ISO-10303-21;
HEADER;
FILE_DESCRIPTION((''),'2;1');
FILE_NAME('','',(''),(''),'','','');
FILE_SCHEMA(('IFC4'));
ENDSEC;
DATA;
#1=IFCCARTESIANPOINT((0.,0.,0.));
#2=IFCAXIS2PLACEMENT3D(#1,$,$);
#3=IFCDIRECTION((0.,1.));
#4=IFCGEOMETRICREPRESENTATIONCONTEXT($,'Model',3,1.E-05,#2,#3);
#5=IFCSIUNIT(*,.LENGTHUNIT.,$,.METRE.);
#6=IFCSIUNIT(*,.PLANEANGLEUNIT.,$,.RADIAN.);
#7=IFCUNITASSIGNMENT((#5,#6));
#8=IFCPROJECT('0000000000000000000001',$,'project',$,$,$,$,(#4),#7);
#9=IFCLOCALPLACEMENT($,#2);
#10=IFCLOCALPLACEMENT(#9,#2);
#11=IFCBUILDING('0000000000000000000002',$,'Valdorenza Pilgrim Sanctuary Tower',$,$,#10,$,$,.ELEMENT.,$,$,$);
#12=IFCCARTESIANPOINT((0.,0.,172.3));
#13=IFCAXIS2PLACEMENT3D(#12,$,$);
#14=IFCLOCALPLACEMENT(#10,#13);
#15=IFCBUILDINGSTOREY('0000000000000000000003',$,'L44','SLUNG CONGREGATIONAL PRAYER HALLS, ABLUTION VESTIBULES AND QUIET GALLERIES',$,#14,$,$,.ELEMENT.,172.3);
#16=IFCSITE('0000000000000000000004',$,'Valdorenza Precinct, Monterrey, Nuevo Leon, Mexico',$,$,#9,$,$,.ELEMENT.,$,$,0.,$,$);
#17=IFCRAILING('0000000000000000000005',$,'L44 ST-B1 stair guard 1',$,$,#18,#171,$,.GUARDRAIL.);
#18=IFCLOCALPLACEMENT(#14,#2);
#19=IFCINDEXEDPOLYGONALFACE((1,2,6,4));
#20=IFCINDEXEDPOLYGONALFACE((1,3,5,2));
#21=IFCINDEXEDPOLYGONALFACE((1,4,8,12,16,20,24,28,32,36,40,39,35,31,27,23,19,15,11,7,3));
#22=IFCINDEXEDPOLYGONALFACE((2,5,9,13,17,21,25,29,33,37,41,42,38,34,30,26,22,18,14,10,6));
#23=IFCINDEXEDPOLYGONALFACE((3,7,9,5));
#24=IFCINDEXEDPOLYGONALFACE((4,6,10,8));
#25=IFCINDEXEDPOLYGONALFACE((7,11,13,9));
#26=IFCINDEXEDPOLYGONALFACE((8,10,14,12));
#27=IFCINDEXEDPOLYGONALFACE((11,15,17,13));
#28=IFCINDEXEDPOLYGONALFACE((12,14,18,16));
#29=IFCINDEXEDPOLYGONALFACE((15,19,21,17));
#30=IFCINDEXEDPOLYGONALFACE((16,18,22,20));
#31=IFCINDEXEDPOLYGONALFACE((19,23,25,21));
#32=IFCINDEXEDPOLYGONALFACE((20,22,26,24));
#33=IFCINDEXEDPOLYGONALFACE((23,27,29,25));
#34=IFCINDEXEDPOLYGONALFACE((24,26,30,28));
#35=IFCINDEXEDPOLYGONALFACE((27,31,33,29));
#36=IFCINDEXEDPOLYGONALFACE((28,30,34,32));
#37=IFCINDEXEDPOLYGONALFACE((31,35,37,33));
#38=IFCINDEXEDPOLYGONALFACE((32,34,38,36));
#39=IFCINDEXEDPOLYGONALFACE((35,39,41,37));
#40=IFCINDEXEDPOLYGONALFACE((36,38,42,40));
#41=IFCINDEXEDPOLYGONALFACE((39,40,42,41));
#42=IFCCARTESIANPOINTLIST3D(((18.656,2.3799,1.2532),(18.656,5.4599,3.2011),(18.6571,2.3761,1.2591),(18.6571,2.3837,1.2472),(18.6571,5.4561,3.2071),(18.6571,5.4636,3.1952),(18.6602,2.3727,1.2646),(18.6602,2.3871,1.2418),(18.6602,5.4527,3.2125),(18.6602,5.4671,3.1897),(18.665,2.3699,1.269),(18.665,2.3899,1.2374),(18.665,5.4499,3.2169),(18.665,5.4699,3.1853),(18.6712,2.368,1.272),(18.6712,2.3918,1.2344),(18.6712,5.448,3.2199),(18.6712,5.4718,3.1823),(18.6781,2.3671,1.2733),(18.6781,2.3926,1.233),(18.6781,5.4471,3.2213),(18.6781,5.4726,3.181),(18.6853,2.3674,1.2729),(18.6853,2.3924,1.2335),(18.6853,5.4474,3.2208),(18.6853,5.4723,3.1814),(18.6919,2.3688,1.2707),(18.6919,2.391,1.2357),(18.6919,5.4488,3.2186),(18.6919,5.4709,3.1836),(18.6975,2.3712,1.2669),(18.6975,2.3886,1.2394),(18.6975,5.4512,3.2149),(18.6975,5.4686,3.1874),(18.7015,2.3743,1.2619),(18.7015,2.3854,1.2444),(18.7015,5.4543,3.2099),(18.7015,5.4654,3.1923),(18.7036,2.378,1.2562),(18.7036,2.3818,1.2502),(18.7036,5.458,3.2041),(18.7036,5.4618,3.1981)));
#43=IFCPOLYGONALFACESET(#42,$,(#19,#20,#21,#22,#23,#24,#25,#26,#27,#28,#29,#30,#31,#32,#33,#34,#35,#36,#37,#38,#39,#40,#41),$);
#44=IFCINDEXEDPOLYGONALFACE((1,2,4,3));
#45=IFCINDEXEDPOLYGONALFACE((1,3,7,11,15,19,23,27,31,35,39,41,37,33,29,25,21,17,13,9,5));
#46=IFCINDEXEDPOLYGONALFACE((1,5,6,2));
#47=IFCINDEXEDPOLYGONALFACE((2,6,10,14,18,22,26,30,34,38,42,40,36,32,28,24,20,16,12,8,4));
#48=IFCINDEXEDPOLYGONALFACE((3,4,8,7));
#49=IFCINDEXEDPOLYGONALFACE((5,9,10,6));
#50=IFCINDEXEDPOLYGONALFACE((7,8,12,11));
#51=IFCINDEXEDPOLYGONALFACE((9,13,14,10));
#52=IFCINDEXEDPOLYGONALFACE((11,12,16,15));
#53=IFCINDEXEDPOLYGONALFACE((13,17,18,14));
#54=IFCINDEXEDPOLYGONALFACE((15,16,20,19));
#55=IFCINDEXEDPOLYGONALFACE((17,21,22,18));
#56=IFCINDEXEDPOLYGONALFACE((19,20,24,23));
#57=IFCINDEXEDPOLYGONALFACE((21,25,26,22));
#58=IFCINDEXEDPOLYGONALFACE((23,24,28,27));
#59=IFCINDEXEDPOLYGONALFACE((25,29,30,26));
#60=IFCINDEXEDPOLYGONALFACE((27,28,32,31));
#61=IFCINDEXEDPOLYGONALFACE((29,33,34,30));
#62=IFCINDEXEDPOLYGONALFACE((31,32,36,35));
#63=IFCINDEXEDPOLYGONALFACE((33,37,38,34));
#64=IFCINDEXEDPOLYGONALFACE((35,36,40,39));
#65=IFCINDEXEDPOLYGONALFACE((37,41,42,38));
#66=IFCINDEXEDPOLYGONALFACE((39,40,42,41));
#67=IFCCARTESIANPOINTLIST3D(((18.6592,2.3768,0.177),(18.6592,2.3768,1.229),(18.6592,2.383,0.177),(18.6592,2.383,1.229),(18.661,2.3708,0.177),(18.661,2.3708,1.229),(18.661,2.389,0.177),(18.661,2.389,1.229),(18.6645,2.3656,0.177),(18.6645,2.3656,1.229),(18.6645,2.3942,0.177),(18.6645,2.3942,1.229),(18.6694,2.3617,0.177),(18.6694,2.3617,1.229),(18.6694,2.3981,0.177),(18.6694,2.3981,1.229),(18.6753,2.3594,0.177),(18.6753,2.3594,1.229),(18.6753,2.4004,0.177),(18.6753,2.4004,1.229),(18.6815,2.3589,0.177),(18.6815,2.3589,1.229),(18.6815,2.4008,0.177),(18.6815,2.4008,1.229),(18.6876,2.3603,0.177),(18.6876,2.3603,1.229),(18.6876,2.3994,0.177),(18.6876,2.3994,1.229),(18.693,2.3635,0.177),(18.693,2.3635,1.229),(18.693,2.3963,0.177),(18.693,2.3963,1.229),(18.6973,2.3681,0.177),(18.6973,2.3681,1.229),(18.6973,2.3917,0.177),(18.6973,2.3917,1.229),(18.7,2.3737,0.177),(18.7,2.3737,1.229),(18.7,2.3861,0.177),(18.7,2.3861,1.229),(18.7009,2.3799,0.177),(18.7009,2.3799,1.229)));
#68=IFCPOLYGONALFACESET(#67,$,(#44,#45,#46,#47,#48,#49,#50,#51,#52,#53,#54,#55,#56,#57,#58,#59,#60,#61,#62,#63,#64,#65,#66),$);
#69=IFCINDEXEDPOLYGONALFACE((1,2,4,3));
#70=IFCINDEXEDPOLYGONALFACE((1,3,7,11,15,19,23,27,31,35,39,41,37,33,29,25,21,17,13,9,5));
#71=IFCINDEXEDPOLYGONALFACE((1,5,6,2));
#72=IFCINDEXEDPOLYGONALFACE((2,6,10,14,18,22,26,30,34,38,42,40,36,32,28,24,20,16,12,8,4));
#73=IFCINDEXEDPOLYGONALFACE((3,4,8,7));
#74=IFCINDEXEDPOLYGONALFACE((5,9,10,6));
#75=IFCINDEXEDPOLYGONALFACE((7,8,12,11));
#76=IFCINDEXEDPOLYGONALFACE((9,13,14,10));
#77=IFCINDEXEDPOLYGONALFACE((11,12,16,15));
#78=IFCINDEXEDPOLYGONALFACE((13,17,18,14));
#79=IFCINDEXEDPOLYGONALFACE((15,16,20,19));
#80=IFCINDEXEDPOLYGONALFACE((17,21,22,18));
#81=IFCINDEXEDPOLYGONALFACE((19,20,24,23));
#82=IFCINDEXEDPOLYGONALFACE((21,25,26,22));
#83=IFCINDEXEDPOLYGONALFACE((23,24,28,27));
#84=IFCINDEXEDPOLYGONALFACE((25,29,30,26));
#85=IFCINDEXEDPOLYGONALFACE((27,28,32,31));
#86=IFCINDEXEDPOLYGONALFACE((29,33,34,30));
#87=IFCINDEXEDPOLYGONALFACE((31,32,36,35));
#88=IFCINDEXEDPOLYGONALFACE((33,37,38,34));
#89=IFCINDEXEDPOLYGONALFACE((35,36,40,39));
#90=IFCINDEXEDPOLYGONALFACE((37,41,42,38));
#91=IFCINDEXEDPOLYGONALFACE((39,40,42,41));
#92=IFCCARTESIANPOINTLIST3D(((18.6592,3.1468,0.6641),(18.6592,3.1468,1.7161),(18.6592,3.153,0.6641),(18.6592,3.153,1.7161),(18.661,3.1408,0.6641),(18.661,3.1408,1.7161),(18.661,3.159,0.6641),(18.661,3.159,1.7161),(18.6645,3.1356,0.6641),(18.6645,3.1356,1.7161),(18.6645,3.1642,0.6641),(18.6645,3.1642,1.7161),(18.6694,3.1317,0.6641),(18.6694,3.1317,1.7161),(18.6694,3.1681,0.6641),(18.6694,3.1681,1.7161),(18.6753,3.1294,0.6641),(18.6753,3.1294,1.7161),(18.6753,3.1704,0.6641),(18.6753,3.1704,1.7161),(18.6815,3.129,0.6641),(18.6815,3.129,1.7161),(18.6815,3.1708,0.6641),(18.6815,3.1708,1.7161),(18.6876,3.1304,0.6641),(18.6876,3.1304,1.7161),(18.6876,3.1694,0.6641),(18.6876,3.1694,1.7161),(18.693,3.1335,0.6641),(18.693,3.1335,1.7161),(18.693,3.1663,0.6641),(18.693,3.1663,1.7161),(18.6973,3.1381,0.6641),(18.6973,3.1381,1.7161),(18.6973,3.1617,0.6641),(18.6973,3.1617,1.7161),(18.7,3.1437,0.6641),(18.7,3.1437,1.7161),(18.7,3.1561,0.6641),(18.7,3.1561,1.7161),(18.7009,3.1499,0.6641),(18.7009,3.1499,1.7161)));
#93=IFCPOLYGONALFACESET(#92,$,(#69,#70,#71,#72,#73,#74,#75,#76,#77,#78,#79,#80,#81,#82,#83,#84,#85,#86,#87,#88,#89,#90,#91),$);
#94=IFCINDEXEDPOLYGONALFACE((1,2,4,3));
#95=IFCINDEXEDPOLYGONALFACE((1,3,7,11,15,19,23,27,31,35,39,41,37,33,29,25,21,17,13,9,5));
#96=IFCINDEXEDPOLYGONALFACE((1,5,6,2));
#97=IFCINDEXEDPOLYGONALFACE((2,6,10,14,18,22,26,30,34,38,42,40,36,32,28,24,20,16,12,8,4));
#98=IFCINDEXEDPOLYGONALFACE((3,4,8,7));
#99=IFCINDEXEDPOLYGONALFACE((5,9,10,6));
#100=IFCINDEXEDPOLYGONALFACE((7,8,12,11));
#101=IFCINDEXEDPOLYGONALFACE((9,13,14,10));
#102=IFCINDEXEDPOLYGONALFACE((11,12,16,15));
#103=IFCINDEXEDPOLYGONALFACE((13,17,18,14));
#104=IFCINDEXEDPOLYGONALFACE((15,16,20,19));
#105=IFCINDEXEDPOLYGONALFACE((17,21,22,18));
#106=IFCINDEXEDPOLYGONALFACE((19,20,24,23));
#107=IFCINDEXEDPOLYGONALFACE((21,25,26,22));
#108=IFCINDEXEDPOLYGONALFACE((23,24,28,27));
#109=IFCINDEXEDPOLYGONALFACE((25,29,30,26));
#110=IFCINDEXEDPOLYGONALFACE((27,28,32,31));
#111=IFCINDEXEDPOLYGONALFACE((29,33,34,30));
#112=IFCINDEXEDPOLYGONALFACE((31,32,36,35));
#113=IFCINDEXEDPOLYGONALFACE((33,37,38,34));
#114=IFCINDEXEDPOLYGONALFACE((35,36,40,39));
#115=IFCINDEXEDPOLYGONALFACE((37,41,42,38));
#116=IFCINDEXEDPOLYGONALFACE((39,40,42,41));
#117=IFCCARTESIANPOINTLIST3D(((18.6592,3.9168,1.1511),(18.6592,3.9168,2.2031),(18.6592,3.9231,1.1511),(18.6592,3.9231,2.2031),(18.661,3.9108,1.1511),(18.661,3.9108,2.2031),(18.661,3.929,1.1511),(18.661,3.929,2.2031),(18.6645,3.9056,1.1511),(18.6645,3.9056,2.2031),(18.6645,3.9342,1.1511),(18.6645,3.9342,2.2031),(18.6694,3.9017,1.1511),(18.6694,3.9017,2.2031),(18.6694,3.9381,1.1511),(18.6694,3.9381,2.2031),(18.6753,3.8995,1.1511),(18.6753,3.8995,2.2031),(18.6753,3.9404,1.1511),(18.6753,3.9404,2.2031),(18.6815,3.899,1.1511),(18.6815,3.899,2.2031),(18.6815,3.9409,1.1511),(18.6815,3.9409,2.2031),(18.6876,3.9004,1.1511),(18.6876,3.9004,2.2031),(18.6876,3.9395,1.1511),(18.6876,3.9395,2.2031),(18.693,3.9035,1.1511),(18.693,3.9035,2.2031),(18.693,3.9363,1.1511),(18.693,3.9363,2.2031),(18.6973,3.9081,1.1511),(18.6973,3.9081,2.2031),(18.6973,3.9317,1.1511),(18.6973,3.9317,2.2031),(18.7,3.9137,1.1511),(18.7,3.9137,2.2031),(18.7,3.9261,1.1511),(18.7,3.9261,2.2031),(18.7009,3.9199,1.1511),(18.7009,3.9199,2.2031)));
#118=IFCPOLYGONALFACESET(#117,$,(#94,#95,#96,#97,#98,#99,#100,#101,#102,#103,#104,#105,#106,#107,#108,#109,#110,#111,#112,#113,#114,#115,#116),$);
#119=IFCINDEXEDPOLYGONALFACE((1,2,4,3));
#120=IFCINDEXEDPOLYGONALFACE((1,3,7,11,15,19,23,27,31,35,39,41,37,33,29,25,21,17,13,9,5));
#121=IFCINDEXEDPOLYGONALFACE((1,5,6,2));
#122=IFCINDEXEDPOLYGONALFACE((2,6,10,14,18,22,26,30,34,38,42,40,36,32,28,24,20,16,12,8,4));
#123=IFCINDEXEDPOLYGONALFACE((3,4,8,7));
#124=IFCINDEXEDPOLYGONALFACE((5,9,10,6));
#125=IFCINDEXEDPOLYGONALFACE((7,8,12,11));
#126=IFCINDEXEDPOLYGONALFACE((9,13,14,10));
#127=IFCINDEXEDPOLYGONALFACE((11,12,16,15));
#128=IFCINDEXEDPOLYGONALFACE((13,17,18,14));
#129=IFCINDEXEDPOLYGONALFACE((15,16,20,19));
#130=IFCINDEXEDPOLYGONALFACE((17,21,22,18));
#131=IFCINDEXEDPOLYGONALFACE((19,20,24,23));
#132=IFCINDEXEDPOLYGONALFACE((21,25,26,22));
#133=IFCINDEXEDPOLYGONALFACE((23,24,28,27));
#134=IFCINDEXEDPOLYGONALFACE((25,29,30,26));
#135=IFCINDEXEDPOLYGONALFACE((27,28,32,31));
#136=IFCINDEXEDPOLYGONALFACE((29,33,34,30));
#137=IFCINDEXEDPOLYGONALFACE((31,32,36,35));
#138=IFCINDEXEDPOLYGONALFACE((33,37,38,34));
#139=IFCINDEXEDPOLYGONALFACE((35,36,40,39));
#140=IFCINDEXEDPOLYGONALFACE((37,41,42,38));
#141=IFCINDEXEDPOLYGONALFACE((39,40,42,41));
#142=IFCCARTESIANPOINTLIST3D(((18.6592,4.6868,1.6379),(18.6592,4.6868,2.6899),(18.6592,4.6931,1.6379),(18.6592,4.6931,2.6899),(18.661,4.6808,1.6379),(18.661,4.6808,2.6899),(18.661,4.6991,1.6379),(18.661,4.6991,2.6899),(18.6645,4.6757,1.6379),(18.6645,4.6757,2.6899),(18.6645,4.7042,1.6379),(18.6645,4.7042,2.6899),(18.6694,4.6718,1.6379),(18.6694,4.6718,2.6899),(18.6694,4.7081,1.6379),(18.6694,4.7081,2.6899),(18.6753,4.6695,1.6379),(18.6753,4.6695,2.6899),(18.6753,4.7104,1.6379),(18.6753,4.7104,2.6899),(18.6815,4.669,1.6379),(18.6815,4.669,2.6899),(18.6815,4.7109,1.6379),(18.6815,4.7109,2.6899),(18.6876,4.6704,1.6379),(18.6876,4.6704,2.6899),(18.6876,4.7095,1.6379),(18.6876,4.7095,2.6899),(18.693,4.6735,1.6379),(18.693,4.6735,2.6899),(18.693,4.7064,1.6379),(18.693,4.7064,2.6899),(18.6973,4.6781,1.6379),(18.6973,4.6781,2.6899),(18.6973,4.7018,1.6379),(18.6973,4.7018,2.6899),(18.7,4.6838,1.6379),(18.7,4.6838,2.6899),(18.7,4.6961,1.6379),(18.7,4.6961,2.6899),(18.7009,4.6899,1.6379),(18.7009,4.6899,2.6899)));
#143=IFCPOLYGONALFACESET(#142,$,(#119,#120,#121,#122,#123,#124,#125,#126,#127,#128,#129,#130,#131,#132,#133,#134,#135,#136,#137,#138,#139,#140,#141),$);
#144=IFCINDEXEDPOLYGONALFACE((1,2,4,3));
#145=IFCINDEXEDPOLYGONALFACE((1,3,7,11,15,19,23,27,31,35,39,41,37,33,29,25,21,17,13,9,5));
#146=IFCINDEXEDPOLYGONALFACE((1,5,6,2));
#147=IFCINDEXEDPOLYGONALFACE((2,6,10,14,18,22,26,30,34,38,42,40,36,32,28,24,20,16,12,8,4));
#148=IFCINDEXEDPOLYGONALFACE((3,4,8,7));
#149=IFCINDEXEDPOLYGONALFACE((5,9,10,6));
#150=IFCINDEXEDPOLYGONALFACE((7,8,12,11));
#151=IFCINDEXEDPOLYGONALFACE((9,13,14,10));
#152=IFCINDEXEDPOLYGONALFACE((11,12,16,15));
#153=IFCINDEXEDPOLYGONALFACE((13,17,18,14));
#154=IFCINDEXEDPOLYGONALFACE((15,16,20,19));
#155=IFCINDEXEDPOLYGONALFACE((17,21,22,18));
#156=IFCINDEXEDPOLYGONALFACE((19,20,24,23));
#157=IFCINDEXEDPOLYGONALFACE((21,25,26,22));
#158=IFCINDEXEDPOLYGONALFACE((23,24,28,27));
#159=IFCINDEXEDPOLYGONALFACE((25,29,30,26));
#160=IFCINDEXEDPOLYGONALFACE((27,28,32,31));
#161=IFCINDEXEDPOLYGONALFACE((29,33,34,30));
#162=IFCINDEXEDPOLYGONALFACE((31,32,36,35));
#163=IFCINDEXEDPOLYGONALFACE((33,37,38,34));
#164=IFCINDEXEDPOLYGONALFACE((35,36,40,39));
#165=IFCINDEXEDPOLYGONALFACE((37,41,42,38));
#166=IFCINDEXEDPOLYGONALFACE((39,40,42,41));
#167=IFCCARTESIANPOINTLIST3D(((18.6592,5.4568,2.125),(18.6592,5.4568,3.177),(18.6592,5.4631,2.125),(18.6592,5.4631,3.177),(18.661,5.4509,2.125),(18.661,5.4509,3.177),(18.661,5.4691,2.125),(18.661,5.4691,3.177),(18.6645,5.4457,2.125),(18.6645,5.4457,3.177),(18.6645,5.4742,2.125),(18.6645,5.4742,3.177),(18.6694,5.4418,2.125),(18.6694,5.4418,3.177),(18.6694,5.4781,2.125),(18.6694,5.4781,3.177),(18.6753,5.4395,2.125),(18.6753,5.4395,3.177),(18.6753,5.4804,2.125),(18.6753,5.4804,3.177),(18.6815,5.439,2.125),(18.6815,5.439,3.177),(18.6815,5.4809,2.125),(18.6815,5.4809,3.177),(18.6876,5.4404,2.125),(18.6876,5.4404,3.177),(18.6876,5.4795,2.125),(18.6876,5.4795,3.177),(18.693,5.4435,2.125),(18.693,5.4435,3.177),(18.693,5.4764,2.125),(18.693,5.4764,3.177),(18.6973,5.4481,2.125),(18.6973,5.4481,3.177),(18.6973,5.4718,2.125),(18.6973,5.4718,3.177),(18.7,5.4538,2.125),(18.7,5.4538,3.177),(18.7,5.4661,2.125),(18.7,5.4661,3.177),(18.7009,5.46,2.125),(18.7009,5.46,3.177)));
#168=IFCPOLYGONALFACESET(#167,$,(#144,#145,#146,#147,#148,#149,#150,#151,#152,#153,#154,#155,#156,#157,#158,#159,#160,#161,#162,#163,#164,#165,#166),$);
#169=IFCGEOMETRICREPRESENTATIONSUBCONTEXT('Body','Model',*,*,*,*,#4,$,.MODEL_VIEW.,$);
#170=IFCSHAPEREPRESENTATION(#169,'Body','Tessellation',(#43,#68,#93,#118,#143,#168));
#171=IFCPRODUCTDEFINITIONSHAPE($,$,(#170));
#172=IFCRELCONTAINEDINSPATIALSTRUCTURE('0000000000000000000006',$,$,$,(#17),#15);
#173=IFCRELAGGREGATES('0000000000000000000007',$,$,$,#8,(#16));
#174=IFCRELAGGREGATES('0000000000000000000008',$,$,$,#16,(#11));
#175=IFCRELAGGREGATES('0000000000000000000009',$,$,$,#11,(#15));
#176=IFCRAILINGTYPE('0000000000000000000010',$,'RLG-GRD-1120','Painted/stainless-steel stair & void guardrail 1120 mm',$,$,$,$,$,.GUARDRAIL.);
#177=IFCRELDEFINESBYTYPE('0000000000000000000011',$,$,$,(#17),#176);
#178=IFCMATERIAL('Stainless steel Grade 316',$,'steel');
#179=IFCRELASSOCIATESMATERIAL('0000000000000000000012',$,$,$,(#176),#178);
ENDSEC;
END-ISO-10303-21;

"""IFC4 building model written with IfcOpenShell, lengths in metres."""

from ifc_helpers import new_model, si_unit, direction, frame, origin, origin_2d, place, context, subcontext, project, spatial, circle, extrude, material, type_object, element, save


model = new_model("IFC4")

# Units and contexts
model_context = context("Model", 3, precision=1e-05, world=origin(), true_north=direction((0.0, 1.0)))
body_context = subcontext(model_context, "Body", "Model", "MODEL_VIEW")
ifc_project = project(units=[si_unit("LENGTHUNIT", "METRE"), si_unit("PLANEANGLEUNIT", "RADIAN")], contexts=[model_context])

# Site, building, storey
site_placement = place(None, origin())
site = spatial("IfcSite", under=ifc_project, at=site_placement, Name="Valdorenza Precinct, Monterrey, Nuevo Leon, Mexico", CompositionType="ELEMENT", RefElevation=0.0)
building_placement = place(site_placement, origin())
building = spatial("IfcBuilding", under=site, at=building_placement, Name="Valdorenza Pilgrim Sanctuary Tower", CompositionType="ELEMENT")
storey_placement = place(building_placement, frame((0.0, 0.0, 172.3)))
storey = spatial("IfcBuildingStorey", under=building, at=storey_placement, Name="L44", Description="SLUNG CONGREGATIONAL PRAYER HALLS, ABLUTION VESTIBULES AND QUIET GALLERIES", CompositionType="ELEMENT", Elevation=172.3)

# Railing
ifc_material_1 = material(Name="Stainless steel Grade 316", Category="steel")
railing_type_1 = type_object("IfcRailingType", Name="RLG-GRD-1120", Description="Painted/stainless-steel stair & void guardrail 1120 mm", PredefinedType="GUARDRAIL", material=ifc_material_1)
railing_1_placement = place(storey_placement, frame((18.6799, 2.3799, 0.177)))
element("IfcRailing", 1, at=railing_1_placement, inside=storey, type_object=railing_type_1, Name="L44 ST-B1 stair guard 1", PredefinedType="GUARDRAIL", context=body_context, shape_type="SweptSolid", body=[
    extrude(circle(Radius=0.0239, at=origin_2d()), frame((0.0, 0.0, 1.0762), z_axis=(0.0, 0.845156, 0.53452), x_axis=(-1.0, 0.0, 0.0)), (0.0, 0.0, 1.0), 3.6443),
    extrude(circle(Radius=0.021, at=origin_2d()), origin(), (0.0, 0.0, 1.0), 1.052),
    extrude(circle(Radius=0.021, at=origin_2d()), frame((0.0, 0.77, 0.4871)), (0.0, 0.0, 1.0), 1.052),
    extrude(circle(Radius=0.021, at=origin_2d()), frame((0.0, 1.54, 0.9741)), (0.0, 0.0, 1.0), 1.052),
    extrude(circle(Radius=0.021, at=origin_2d()), frame((0.0, 2.3101, 1.4609)), (0.0, 0.0, 1.0), 1.052),
    extrude(circle(Radius=0.021, at=origin_2d()), frame((0.0, 3.0801, 1.948)), (0.0, 0.0, 1.0), 1.052),
])

save(model, "model.ifc")
